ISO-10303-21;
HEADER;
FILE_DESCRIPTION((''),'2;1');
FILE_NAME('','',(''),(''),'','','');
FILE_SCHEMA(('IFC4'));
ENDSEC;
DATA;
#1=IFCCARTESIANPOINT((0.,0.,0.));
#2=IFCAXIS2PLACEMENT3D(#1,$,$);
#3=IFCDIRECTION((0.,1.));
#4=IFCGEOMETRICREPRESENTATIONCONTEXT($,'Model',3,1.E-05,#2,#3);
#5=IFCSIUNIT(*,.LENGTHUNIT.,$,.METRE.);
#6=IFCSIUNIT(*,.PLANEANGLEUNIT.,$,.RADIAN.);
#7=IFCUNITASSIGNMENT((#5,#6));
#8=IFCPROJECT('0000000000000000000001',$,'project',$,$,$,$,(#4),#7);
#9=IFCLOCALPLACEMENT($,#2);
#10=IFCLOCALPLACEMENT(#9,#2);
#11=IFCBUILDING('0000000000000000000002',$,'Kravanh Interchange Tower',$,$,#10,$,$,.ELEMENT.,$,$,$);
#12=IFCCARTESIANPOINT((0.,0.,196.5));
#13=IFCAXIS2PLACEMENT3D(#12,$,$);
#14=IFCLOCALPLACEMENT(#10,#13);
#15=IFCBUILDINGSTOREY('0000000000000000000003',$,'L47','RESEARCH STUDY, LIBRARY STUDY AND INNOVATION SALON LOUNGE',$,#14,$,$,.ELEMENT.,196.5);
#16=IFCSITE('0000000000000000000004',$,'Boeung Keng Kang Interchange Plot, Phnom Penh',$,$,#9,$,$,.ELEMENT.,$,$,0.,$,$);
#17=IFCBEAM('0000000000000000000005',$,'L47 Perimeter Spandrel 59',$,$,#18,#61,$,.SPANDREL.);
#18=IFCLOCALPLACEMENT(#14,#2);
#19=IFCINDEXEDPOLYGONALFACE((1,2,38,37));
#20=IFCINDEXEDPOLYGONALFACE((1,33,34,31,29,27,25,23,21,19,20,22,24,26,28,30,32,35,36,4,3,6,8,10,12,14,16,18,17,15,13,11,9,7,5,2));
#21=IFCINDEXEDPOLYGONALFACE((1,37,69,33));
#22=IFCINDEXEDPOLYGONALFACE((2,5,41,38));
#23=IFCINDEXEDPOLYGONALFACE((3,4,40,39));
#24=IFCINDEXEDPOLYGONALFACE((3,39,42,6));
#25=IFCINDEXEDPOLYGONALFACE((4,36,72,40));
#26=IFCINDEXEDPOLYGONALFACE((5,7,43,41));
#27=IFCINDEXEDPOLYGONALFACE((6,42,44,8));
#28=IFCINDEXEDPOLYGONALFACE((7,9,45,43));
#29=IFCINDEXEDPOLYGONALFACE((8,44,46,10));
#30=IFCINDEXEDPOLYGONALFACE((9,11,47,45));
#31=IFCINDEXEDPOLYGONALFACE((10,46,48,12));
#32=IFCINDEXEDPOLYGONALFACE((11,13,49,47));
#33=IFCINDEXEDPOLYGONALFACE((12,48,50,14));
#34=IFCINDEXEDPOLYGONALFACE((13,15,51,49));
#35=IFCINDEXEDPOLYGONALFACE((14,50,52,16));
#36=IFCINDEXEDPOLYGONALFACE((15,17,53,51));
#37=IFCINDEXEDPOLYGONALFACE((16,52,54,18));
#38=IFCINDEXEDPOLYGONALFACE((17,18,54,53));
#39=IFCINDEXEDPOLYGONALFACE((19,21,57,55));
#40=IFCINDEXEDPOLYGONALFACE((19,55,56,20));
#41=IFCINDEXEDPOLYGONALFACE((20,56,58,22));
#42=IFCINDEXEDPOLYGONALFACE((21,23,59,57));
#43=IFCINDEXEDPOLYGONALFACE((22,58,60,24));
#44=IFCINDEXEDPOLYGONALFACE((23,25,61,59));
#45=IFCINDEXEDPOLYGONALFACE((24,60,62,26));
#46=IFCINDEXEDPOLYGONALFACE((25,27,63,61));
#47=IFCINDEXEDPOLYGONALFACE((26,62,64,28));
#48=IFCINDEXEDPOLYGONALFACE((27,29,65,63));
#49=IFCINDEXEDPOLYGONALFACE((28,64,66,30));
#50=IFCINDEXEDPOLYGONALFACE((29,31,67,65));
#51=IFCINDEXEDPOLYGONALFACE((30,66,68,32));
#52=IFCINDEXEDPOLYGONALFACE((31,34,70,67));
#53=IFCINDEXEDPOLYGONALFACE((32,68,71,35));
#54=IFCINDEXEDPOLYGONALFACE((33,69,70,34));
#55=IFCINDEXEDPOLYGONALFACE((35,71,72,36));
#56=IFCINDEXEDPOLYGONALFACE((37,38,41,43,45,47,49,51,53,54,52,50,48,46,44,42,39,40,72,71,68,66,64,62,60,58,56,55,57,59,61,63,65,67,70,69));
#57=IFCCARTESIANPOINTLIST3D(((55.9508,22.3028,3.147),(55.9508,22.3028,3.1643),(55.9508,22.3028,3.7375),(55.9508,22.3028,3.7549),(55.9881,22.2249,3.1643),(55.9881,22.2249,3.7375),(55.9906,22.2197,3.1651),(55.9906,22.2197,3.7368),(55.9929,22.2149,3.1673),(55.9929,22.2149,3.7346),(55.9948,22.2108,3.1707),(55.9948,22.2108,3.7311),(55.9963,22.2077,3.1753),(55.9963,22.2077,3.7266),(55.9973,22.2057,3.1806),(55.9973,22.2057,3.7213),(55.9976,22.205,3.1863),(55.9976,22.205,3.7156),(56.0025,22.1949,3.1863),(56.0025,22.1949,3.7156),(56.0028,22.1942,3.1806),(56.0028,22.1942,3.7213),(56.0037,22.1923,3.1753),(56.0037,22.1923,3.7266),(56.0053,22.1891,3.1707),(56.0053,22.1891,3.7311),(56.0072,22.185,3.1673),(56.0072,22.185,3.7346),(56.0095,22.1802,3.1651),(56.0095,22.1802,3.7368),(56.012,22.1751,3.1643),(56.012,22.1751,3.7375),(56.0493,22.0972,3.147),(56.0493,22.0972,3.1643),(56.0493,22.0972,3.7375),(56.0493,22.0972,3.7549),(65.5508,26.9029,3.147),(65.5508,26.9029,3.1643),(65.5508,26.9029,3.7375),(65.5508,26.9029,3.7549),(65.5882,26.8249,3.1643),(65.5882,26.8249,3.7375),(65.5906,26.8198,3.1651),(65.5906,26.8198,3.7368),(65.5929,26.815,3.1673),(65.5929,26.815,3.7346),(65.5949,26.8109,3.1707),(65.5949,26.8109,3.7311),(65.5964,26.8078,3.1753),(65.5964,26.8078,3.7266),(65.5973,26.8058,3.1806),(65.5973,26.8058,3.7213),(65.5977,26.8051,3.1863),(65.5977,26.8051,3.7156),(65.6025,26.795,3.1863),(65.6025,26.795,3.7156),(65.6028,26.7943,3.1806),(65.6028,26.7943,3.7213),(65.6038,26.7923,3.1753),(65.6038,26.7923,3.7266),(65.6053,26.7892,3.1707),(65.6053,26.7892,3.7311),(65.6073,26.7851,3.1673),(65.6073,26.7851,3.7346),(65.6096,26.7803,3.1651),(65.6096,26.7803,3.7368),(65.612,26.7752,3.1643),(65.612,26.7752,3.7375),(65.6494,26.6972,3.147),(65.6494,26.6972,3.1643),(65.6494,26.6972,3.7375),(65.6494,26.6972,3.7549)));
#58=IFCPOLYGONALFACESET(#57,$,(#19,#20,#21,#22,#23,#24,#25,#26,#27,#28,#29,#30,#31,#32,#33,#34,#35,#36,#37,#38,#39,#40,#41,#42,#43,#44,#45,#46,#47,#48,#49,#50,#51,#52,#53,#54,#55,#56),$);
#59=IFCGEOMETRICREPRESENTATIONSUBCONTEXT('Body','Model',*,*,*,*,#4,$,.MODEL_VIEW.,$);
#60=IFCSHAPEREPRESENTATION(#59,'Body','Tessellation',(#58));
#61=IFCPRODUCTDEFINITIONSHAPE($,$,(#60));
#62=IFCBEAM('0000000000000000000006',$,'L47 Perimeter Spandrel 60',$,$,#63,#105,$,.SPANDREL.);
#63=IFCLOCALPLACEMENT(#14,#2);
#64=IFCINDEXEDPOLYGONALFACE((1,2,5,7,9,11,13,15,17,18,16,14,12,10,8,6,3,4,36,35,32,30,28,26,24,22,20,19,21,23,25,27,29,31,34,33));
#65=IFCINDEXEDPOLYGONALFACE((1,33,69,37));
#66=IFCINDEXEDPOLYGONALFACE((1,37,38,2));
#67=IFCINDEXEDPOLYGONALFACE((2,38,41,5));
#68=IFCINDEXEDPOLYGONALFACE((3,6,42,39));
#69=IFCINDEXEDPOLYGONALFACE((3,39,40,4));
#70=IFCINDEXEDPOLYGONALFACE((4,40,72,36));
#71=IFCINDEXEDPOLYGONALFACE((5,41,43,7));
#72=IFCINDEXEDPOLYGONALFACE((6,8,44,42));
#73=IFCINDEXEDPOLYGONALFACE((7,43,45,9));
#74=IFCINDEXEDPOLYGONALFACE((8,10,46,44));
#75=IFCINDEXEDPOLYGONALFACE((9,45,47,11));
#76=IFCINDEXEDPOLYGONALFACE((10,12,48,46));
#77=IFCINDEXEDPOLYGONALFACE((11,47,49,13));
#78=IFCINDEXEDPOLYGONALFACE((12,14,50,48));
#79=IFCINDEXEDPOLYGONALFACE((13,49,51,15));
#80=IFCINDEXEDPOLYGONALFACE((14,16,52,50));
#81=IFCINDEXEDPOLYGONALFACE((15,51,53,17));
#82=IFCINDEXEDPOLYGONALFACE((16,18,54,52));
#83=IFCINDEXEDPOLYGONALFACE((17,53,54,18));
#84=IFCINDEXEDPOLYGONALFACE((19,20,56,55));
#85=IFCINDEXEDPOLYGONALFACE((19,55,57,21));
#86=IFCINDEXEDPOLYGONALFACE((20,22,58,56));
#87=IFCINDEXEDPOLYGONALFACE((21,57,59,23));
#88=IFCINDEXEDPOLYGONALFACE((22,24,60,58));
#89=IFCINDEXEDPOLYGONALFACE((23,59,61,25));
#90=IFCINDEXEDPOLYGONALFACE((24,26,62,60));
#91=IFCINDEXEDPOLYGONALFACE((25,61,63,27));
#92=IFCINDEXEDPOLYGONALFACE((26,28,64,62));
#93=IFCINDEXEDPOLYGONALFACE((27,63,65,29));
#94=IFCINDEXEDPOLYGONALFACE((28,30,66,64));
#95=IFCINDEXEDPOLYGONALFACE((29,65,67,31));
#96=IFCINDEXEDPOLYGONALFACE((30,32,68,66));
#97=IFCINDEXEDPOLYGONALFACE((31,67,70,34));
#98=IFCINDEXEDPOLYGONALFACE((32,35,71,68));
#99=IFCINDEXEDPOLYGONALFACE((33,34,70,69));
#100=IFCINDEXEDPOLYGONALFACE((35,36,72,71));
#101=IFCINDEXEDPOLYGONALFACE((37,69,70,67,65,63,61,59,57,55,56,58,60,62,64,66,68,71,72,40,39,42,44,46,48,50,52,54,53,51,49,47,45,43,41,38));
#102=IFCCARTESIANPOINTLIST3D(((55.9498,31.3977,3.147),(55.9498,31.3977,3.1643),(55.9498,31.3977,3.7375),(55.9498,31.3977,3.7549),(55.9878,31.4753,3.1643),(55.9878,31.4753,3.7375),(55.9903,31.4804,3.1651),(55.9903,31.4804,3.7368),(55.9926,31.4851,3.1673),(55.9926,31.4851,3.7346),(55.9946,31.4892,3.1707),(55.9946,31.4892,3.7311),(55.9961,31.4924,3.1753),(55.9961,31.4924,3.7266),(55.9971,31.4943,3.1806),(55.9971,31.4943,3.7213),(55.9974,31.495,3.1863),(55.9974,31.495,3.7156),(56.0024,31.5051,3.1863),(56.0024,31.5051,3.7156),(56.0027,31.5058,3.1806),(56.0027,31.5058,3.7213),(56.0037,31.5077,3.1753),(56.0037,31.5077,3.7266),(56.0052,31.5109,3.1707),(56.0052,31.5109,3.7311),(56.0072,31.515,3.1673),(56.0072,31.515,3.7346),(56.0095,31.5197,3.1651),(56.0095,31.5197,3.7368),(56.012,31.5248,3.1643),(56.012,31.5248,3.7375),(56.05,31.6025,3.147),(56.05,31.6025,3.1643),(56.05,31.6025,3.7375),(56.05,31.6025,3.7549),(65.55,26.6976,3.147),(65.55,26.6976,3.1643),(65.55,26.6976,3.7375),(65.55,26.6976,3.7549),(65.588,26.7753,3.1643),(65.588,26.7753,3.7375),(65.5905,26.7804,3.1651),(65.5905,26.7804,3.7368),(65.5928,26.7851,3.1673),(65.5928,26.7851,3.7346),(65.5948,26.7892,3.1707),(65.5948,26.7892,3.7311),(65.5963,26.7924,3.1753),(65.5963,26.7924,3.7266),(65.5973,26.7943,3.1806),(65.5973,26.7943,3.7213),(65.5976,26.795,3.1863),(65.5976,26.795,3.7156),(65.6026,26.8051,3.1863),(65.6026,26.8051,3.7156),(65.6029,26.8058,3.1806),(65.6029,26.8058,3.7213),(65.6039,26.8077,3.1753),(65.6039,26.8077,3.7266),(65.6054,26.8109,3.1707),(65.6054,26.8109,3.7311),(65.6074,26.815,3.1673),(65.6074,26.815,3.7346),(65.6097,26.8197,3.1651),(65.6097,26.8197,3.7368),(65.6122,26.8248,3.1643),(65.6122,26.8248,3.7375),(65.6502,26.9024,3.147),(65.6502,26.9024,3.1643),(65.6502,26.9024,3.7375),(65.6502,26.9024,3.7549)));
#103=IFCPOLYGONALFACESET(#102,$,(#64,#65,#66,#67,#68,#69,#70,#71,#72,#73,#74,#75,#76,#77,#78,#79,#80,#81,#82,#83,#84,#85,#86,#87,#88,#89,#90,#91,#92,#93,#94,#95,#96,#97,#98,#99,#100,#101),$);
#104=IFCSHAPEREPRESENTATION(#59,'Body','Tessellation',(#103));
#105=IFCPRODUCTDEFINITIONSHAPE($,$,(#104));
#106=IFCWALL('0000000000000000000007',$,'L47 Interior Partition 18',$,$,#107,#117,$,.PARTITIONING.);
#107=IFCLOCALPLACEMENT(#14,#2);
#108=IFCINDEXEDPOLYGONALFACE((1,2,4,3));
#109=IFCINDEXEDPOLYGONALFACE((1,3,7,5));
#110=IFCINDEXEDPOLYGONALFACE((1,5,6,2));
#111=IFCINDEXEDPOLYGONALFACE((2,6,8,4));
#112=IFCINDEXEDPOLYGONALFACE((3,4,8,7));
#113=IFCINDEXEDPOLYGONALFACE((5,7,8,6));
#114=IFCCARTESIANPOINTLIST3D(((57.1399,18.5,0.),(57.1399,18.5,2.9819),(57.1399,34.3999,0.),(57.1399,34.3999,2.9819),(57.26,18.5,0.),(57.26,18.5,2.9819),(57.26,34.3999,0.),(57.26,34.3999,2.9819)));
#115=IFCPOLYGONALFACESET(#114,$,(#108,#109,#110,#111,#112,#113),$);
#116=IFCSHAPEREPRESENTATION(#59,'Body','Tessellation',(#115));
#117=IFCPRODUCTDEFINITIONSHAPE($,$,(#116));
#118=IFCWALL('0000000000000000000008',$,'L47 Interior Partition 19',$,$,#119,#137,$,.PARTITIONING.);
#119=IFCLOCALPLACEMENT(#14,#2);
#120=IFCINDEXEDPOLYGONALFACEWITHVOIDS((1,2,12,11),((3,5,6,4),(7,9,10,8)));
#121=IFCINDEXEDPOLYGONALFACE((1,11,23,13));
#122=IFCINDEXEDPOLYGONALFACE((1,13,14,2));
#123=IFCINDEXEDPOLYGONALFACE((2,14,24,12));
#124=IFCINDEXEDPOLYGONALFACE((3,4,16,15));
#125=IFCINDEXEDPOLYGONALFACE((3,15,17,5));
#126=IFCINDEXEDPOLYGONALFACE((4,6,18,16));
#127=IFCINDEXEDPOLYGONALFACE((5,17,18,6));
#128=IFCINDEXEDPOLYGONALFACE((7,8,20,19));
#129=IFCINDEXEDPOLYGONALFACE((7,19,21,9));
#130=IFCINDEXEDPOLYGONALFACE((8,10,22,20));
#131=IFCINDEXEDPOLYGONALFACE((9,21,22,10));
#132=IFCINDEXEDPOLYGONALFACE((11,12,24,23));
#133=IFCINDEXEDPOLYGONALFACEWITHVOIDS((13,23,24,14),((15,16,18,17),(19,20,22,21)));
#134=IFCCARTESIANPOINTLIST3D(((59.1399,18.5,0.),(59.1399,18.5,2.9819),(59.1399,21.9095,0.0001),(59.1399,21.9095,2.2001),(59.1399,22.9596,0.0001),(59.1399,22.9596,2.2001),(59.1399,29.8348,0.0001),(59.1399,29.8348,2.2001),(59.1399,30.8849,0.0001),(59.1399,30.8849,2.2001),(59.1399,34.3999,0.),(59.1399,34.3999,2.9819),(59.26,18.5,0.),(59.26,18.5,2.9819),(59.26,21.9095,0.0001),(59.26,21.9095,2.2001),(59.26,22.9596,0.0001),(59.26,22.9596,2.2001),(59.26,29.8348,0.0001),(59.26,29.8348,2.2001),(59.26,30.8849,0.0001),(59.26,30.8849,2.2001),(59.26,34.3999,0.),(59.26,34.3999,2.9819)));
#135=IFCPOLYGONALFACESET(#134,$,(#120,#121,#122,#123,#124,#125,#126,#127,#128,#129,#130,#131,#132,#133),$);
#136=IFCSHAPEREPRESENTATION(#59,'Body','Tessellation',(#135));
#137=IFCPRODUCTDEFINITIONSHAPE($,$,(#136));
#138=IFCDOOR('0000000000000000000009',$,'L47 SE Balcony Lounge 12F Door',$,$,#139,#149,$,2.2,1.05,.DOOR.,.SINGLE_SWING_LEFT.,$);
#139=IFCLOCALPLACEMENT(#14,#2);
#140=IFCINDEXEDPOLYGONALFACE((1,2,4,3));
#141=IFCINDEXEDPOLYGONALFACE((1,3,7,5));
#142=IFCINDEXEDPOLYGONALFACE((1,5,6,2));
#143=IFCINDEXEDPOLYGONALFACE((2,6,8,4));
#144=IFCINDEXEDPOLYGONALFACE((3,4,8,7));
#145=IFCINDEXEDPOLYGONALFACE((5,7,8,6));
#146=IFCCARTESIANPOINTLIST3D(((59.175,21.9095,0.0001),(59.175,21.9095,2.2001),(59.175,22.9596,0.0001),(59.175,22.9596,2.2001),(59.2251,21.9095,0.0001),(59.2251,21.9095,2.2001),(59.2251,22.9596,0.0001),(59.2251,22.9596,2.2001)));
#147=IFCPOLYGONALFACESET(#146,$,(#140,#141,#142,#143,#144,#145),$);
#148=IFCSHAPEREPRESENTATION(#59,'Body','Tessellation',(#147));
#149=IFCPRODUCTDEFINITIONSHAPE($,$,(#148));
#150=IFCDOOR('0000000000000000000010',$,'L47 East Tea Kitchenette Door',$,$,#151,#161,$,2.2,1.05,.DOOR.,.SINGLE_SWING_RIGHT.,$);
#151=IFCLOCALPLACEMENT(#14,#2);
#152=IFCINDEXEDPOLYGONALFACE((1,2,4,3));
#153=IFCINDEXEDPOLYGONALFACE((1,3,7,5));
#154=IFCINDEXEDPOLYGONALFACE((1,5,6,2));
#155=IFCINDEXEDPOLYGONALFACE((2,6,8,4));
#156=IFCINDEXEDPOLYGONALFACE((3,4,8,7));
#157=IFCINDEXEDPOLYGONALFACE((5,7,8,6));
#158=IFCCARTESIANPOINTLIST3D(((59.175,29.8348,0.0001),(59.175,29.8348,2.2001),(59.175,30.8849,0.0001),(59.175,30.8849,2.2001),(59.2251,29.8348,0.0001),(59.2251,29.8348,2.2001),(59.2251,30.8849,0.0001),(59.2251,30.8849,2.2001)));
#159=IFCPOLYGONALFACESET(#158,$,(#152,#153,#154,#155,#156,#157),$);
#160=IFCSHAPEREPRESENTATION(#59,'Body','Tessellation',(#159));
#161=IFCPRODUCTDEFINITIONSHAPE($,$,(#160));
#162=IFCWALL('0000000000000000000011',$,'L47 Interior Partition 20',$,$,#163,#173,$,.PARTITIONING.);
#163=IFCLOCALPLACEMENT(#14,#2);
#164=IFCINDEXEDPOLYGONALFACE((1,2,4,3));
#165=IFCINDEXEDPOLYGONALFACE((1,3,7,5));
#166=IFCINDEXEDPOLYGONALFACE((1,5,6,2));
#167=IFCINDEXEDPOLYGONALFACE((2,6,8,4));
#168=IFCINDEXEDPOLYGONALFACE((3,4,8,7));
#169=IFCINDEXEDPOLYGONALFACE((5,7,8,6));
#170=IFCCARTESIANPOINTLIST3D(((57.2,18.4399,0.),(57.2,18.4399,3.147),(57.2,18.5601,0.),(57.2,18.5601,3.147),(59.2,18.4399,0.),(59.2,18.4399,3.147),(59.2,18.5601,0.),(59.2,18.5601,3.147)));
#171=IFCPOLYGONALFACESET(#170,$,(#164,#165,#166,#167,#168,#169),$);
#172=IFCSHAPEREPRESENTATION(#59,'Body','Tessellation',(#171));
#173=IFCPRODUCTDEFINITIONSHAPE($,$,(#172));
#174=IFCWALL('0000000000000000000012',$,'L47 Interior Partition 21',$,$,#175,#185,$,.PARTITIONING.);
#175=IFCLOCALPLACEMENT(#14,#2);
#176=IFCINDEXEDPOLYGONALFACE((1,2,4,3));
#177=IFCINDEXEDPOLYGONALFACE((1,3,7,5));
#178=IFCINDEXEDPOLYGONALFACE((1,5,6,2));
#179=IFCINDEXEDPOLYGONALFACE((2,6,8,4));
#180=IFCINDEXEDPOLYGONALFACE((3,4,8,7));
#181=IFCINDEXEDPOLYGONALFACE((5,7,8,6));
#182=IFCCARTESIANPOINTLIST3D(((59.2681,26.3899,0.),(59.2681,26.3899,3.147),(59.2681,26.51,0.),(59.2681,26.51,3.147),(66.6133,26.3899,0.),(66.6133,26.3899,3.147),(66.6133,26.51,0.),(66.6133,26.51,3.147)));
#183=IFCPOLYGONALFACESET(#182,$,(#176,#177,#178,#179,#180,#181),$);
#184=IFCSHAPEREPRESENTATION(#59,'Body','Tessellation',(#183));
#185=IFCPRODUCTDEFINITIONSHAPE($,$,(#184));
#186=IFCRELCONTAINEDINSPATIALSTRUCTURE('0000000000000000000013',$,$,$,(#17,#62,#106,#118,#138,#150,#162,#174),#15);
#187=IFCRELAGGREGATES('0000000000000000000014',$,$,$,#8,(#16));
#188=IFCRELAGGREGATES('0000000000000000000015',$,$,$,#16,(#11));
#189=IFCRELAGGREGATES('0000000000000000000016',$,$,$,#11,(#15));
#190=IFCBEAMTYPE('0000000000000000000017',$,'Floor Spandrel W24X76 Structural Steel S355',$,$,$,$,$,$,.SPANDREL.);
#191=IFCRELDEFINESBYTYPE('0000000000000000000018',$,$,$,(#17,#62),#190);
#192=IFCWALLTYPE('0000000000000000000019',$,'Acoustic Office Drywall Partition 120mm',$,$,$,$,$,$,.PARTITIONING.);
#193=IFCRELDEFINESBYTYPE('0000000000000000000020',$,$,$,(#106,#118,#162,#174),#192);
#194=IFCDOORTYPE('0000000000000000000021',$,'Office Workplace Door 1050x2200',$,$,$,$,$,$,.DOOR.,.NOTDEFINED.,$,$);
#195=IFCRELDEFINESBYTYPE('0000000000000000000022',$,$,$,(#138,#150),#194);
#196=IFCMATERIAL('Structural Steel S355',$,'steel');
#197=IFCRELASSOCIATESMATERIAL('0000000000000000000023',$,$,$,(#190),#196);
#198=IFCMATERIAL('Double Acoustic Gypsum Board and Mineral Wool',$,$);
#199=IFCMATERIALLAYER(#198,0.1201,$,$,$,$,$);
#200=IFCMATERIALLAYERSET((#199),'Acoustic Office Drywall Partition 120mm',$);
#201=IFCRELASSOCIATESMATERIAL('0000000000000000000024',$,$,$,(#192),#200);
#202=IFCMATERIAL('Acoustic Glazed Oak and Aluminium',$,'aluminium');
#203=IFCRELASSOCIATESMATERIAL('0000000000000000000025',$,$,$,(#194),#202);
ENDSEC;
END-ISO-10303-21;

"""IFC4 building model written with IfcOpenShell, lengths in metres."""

from ifc_helpers import new_model, si_unit, direction, frame, frame_2d, origin, origin_2d, place, context, subcontext, project, spatial, rectangle, i_section, extrude, material, layer, layer_set, material_profile, profile_set, type_object, element, fill, save


model = new_model("IFC4")

# Units and contexts
model_context = context("Model", 3, precision=1e-05, world=origin(), true_north=direction((0.0, 1.0)))
body_context = subcontext(model_context, "Body", "Model", "MODEL_VIEW")
ifc_project = project(units=[si_unit("LENGTHUNIT", "METRE"), si_unit("PLANEANGLEUNIT", "RADIAN")], contexts=[model_context])

# Site, building, storey
site_placement = place(None, origin())
site = spatial("IfcSite", under=ifc_project, at=site_placement, Name="Boeung Keng Kang Interchange Plot, Phnom Penh", CompositionType="ELEMENT", RefElevation=0.0)
building_placement = place(site_placement, origin())
building = spatial("IfcBuilding", under=site, at=building_placement, Name="Kravanh Interchange Tower", CompositionType="ELEMENT")
storey_placement = place(building_placement, frame((0.0, 0.0, 196.5)))
storey = spatial("IfcBuildingStorey", under=building, at=storey_placement, Name="L47", Description="RESEARCH STUDY, LIBRARY STUDY AND INNOVATION SALON LOUNGE", CompositionType="ELEMENT", Elevation=196.5)

# Beams
ifc_material_1 = material(Name="Structural Steel S355", Category="steel")
ifc_material_profile_1 = material_profile(ifc_material_1, i_section(OverallWidth=0.228, OverallDepth=0.6079, WebThickness=0.0112, FlangeThickness=0.0173, FilletRadius=0.022, at=origin_2d()), Name="W24X76")
ifc_profile_set_1 = profile_set([ifc_material_profile_1], Name="Structural Steel S355")
beam_type_1 = type_object("IfcBeamType", Name="Floor Spandrel W24X76 Structural Steel S355", PredefinedType="SPANDREL", material=ifc_profile_set_1)
beam_1_placement = place(storey_placement, frame((65.6001, 26.8, 3.4509), z_axis=(-0.901814, -0.432124, 0.0), x_axis=(0.432124, -0.901814, 0.0)))
element("IfcBeam", 1, at=beam_1_placement, inside=storey, type_object=beam_type_1, Name="L47 Perimeter Spandrel 59", PredefinedType="SPANDREL", context=body_context, shape_type="SweptSolid", body=[
    extrude(i_section(OverallWidth=0.228, OverallDepth=0.6079, WebThickness=0.0112, FlangeThickness=0.0173, FilletRadius=0.022, at=origin_2d()), origin(), (0.0, 0.0, 1.0), 10.6453),
])
beam_2_placement = place(storey_placement, frame((65.6001, 26.8, 3.4509), z_axis=(-0.898142, 0.439706, 0.0), x_axis=(-0.439706, -0.898142, 0.0)))
element("IfcBeam", 2, at=beam_2_placement, inside=storey, type_object=beam_type_1, Name="L47 Perimeter Spandrel 60", PredefinedType="SPANDREL", context=body_context, shape_type="SweptSolid", body=[
    extrude(i_section(OverallWidth=0.228, OverallDepth=0.6079, WebThickness=0.0112, FlangeThickness=0.0173, FilletRadius=0.022, at=origin_2d()), origin(), (0.0, 0.0, 1.0), 10.689),
])

# Wall
ifc_material_2 = material(Name="Double Acoustic Gypsum Board and Mineral Wool")
ifc_layer_1 = layer(ifc_material_2, 0.1201)
ifc_layer_set_1 = layer_set([ifc_layer_1], Name="Acoustic Office Drywall Partition 120mm")
wall_type = type_object("IfcWallType", Name="Acoustic Office Drywall Partition 120mm", PredefinedType="PARTITIONING", material=ifc_layer_set_1)
wall_1_placement = place(storey_placement, frame((57.2, 18.5, 0.0), z_axis=(0.0, 0.0, 1.0), x_axis=(0.0, 1.0, 0.0)))
element("IfcWall", 3, at=wall_1_placement, inside=storey, type_object=wall_type, Name="L47 Interior Partition 18", PredefinedType="PARTITIONING", context=body_context, shape_type="SweptSolid", body=[
    extrude(rectangle(XDim=15.8999, YDim=0.1201, at=frame_2d((7.95, 0.0))), origin(), (0.0, 0.0, 1.0), 2.9819),
])

# Wall, openings, doors
wall_2_placement = place(storey_placement, frame((59.2, 18.5, 0.0), z_axis=(0.0, 0.0, 1.0), x_axis=(0.0, 1.0, 0.0)))
wall_2 = element("IfcWall", 4, at=wall_2_placement, inside=storey, type_object=wall_type, Name="L47 Interior Partition 19", PredefinedType="PARTITIONING", context=body_context, shape_type="SweptSolid", body=[
    extrude(rectangle(XDim=15.8999, YDim=0.1201, at=frame_2d((7.95, 0.0))), origin(), (0.0, 0.0, 1.0), 2.9819),
])
opening_1_placement = place(wall_2_placement, frame((3.4097, 0.0, 0.0)))
opening_1 = element("IfcOpeningElement", 5, at=opening_1_placement, cuts=wall_2, PredefinedType="OPENING", context=body_context, shape_type="SweptSolid", body=[
    extrude(rectangle(XDim=1.05, YDim=2.2, at=frame_2d((0.5249, 1.1001))), frame((0.0, 0.0701, 0.0), z_axis=(0.0, -1.0, 0.0), x_axis=(1.0, 0.0, 0.0)), (0.0, 0.0, 1.0), 0.1401),
])
opening_2_placement = place(wall_2_placement, frame((11.335, 0.0, 0.0)))
opening_2 = element("IfcOpeningElement", 6, at=opening_2_placement, cuts=wall_2, PredefinedType="OPENING", context=body_context, shape_type="SweptSolid", body=[
    extrude(rectangle(XDim=1.05, YDim=2.2, at=frame_2d((0.5249, 1.1001))), frame((0.0, 0.0701, 0.0), z_axis=(0.0, -1.0, 0.0), x_axis=(1.0, 0.0, 0.0)), (0.0, 0.0, 1.0), 0.1401),
])
ifc_material_3 = material(Name="Acoustic Glazed Oak and Aluminium", Category="aluminium")
door_type = type_object("IfcDoorType", Name="Office Workplace Door 1050x2200", OperationType="NOTDEFINED", PredefinedType="DOOR", material=ifc_material_3)
door_1_placement = place(opening_1_placement, origin())
door_1 = element("IfcDoor", 7, at=door_1_placement, inside=storey, type_object=door_type, Name="L47 SE Balcony Lounge 12F Door", OperationType="SINGLE_SWING_LEFT", OverallHeight=2.2, OverallWidth=1.05, PredefinedType="DOOR", context=body_context, shape_type="SweptSolid", body=[
    extrude(rectangle(XDim=1.05, YDim=2.2, at=frame_2d((0.5249, 1.1001))), frame((0.0, 0.0249, 0.0), z_axis=(0.0, -1.0, 0.0), x_axis=(1.0, 0.0, 0.0)), (0.0, 0.0, 1.0), 0.05),
])
fill(opening_1, door_1)
door_2_placement = place(opening_2_placement, origin())
door_2 = element("IfcDoor", 8, at=door_2_placement, inside=storey, type_object=door_type, Name="L47 East Tea Kitchenette Door", OperationType="SINGLE_SWING_RIGHT", OverallHeight=2.2, OverallWidth=1.05, PredefinedType="DOOR", context=body_context, shape_type="SweptSolid", body=[
    extrude(rectangle(XDim=1.05, YDim=2.2, at=frame_2d((0.5249, 1.1001))), frame((0.0, 0.0249, 0.0), z_axis=(0.0, -1.0, 0.0), x_axis=(1.0, 0.0, 0.0)), (0.0, 0.0, 1.0), 0.05),
])
fill(opening_2, door_2)

# Walls
wall_3_placement = place(storey_placement, frame((57.2, 18.5, 0.0), z_axis=(0.0, 0.0, 1.0), x_axis=(1.0, 0.0, 0.0)))
element("IfcWall", 9, at=wall_3_placement, inside=storey, type_object=wall_type, Name="L47 Interior Partition 20", PredefinedType="PARTITIONING", context=body_context, shape_type="SweptSolid", body=[
    extrude(rectangle(XDim=2.0, YDim=0.1201, at=frame_2d((1.0, 0.0))), origin(), (0.0, 0.0, 1.0), 3.147),
])
wall_4_placement = place(storey_placement, frame((59.2681, 26.45, 0.0), z_axis=(0.0, 0.0, 1.0), x_axis=(1.0, 0.0, 0.0)))
element("IfcWall", 10, at=wall_4_placement, inside=storey, type_object=wall_type, Name="L47 Interior Partition 21", PredefinedType="PARTITIONING", context=body_context, shape_type="SweptSolid", body=[
    extrude(rectangle(XDim=7.3452, YDim=0.1201, at=frame_2d((3.6726, 0.0))), origin(), (0.0, 0.0, 1.0), 3.147),
])

save(model, "model.ifc")
